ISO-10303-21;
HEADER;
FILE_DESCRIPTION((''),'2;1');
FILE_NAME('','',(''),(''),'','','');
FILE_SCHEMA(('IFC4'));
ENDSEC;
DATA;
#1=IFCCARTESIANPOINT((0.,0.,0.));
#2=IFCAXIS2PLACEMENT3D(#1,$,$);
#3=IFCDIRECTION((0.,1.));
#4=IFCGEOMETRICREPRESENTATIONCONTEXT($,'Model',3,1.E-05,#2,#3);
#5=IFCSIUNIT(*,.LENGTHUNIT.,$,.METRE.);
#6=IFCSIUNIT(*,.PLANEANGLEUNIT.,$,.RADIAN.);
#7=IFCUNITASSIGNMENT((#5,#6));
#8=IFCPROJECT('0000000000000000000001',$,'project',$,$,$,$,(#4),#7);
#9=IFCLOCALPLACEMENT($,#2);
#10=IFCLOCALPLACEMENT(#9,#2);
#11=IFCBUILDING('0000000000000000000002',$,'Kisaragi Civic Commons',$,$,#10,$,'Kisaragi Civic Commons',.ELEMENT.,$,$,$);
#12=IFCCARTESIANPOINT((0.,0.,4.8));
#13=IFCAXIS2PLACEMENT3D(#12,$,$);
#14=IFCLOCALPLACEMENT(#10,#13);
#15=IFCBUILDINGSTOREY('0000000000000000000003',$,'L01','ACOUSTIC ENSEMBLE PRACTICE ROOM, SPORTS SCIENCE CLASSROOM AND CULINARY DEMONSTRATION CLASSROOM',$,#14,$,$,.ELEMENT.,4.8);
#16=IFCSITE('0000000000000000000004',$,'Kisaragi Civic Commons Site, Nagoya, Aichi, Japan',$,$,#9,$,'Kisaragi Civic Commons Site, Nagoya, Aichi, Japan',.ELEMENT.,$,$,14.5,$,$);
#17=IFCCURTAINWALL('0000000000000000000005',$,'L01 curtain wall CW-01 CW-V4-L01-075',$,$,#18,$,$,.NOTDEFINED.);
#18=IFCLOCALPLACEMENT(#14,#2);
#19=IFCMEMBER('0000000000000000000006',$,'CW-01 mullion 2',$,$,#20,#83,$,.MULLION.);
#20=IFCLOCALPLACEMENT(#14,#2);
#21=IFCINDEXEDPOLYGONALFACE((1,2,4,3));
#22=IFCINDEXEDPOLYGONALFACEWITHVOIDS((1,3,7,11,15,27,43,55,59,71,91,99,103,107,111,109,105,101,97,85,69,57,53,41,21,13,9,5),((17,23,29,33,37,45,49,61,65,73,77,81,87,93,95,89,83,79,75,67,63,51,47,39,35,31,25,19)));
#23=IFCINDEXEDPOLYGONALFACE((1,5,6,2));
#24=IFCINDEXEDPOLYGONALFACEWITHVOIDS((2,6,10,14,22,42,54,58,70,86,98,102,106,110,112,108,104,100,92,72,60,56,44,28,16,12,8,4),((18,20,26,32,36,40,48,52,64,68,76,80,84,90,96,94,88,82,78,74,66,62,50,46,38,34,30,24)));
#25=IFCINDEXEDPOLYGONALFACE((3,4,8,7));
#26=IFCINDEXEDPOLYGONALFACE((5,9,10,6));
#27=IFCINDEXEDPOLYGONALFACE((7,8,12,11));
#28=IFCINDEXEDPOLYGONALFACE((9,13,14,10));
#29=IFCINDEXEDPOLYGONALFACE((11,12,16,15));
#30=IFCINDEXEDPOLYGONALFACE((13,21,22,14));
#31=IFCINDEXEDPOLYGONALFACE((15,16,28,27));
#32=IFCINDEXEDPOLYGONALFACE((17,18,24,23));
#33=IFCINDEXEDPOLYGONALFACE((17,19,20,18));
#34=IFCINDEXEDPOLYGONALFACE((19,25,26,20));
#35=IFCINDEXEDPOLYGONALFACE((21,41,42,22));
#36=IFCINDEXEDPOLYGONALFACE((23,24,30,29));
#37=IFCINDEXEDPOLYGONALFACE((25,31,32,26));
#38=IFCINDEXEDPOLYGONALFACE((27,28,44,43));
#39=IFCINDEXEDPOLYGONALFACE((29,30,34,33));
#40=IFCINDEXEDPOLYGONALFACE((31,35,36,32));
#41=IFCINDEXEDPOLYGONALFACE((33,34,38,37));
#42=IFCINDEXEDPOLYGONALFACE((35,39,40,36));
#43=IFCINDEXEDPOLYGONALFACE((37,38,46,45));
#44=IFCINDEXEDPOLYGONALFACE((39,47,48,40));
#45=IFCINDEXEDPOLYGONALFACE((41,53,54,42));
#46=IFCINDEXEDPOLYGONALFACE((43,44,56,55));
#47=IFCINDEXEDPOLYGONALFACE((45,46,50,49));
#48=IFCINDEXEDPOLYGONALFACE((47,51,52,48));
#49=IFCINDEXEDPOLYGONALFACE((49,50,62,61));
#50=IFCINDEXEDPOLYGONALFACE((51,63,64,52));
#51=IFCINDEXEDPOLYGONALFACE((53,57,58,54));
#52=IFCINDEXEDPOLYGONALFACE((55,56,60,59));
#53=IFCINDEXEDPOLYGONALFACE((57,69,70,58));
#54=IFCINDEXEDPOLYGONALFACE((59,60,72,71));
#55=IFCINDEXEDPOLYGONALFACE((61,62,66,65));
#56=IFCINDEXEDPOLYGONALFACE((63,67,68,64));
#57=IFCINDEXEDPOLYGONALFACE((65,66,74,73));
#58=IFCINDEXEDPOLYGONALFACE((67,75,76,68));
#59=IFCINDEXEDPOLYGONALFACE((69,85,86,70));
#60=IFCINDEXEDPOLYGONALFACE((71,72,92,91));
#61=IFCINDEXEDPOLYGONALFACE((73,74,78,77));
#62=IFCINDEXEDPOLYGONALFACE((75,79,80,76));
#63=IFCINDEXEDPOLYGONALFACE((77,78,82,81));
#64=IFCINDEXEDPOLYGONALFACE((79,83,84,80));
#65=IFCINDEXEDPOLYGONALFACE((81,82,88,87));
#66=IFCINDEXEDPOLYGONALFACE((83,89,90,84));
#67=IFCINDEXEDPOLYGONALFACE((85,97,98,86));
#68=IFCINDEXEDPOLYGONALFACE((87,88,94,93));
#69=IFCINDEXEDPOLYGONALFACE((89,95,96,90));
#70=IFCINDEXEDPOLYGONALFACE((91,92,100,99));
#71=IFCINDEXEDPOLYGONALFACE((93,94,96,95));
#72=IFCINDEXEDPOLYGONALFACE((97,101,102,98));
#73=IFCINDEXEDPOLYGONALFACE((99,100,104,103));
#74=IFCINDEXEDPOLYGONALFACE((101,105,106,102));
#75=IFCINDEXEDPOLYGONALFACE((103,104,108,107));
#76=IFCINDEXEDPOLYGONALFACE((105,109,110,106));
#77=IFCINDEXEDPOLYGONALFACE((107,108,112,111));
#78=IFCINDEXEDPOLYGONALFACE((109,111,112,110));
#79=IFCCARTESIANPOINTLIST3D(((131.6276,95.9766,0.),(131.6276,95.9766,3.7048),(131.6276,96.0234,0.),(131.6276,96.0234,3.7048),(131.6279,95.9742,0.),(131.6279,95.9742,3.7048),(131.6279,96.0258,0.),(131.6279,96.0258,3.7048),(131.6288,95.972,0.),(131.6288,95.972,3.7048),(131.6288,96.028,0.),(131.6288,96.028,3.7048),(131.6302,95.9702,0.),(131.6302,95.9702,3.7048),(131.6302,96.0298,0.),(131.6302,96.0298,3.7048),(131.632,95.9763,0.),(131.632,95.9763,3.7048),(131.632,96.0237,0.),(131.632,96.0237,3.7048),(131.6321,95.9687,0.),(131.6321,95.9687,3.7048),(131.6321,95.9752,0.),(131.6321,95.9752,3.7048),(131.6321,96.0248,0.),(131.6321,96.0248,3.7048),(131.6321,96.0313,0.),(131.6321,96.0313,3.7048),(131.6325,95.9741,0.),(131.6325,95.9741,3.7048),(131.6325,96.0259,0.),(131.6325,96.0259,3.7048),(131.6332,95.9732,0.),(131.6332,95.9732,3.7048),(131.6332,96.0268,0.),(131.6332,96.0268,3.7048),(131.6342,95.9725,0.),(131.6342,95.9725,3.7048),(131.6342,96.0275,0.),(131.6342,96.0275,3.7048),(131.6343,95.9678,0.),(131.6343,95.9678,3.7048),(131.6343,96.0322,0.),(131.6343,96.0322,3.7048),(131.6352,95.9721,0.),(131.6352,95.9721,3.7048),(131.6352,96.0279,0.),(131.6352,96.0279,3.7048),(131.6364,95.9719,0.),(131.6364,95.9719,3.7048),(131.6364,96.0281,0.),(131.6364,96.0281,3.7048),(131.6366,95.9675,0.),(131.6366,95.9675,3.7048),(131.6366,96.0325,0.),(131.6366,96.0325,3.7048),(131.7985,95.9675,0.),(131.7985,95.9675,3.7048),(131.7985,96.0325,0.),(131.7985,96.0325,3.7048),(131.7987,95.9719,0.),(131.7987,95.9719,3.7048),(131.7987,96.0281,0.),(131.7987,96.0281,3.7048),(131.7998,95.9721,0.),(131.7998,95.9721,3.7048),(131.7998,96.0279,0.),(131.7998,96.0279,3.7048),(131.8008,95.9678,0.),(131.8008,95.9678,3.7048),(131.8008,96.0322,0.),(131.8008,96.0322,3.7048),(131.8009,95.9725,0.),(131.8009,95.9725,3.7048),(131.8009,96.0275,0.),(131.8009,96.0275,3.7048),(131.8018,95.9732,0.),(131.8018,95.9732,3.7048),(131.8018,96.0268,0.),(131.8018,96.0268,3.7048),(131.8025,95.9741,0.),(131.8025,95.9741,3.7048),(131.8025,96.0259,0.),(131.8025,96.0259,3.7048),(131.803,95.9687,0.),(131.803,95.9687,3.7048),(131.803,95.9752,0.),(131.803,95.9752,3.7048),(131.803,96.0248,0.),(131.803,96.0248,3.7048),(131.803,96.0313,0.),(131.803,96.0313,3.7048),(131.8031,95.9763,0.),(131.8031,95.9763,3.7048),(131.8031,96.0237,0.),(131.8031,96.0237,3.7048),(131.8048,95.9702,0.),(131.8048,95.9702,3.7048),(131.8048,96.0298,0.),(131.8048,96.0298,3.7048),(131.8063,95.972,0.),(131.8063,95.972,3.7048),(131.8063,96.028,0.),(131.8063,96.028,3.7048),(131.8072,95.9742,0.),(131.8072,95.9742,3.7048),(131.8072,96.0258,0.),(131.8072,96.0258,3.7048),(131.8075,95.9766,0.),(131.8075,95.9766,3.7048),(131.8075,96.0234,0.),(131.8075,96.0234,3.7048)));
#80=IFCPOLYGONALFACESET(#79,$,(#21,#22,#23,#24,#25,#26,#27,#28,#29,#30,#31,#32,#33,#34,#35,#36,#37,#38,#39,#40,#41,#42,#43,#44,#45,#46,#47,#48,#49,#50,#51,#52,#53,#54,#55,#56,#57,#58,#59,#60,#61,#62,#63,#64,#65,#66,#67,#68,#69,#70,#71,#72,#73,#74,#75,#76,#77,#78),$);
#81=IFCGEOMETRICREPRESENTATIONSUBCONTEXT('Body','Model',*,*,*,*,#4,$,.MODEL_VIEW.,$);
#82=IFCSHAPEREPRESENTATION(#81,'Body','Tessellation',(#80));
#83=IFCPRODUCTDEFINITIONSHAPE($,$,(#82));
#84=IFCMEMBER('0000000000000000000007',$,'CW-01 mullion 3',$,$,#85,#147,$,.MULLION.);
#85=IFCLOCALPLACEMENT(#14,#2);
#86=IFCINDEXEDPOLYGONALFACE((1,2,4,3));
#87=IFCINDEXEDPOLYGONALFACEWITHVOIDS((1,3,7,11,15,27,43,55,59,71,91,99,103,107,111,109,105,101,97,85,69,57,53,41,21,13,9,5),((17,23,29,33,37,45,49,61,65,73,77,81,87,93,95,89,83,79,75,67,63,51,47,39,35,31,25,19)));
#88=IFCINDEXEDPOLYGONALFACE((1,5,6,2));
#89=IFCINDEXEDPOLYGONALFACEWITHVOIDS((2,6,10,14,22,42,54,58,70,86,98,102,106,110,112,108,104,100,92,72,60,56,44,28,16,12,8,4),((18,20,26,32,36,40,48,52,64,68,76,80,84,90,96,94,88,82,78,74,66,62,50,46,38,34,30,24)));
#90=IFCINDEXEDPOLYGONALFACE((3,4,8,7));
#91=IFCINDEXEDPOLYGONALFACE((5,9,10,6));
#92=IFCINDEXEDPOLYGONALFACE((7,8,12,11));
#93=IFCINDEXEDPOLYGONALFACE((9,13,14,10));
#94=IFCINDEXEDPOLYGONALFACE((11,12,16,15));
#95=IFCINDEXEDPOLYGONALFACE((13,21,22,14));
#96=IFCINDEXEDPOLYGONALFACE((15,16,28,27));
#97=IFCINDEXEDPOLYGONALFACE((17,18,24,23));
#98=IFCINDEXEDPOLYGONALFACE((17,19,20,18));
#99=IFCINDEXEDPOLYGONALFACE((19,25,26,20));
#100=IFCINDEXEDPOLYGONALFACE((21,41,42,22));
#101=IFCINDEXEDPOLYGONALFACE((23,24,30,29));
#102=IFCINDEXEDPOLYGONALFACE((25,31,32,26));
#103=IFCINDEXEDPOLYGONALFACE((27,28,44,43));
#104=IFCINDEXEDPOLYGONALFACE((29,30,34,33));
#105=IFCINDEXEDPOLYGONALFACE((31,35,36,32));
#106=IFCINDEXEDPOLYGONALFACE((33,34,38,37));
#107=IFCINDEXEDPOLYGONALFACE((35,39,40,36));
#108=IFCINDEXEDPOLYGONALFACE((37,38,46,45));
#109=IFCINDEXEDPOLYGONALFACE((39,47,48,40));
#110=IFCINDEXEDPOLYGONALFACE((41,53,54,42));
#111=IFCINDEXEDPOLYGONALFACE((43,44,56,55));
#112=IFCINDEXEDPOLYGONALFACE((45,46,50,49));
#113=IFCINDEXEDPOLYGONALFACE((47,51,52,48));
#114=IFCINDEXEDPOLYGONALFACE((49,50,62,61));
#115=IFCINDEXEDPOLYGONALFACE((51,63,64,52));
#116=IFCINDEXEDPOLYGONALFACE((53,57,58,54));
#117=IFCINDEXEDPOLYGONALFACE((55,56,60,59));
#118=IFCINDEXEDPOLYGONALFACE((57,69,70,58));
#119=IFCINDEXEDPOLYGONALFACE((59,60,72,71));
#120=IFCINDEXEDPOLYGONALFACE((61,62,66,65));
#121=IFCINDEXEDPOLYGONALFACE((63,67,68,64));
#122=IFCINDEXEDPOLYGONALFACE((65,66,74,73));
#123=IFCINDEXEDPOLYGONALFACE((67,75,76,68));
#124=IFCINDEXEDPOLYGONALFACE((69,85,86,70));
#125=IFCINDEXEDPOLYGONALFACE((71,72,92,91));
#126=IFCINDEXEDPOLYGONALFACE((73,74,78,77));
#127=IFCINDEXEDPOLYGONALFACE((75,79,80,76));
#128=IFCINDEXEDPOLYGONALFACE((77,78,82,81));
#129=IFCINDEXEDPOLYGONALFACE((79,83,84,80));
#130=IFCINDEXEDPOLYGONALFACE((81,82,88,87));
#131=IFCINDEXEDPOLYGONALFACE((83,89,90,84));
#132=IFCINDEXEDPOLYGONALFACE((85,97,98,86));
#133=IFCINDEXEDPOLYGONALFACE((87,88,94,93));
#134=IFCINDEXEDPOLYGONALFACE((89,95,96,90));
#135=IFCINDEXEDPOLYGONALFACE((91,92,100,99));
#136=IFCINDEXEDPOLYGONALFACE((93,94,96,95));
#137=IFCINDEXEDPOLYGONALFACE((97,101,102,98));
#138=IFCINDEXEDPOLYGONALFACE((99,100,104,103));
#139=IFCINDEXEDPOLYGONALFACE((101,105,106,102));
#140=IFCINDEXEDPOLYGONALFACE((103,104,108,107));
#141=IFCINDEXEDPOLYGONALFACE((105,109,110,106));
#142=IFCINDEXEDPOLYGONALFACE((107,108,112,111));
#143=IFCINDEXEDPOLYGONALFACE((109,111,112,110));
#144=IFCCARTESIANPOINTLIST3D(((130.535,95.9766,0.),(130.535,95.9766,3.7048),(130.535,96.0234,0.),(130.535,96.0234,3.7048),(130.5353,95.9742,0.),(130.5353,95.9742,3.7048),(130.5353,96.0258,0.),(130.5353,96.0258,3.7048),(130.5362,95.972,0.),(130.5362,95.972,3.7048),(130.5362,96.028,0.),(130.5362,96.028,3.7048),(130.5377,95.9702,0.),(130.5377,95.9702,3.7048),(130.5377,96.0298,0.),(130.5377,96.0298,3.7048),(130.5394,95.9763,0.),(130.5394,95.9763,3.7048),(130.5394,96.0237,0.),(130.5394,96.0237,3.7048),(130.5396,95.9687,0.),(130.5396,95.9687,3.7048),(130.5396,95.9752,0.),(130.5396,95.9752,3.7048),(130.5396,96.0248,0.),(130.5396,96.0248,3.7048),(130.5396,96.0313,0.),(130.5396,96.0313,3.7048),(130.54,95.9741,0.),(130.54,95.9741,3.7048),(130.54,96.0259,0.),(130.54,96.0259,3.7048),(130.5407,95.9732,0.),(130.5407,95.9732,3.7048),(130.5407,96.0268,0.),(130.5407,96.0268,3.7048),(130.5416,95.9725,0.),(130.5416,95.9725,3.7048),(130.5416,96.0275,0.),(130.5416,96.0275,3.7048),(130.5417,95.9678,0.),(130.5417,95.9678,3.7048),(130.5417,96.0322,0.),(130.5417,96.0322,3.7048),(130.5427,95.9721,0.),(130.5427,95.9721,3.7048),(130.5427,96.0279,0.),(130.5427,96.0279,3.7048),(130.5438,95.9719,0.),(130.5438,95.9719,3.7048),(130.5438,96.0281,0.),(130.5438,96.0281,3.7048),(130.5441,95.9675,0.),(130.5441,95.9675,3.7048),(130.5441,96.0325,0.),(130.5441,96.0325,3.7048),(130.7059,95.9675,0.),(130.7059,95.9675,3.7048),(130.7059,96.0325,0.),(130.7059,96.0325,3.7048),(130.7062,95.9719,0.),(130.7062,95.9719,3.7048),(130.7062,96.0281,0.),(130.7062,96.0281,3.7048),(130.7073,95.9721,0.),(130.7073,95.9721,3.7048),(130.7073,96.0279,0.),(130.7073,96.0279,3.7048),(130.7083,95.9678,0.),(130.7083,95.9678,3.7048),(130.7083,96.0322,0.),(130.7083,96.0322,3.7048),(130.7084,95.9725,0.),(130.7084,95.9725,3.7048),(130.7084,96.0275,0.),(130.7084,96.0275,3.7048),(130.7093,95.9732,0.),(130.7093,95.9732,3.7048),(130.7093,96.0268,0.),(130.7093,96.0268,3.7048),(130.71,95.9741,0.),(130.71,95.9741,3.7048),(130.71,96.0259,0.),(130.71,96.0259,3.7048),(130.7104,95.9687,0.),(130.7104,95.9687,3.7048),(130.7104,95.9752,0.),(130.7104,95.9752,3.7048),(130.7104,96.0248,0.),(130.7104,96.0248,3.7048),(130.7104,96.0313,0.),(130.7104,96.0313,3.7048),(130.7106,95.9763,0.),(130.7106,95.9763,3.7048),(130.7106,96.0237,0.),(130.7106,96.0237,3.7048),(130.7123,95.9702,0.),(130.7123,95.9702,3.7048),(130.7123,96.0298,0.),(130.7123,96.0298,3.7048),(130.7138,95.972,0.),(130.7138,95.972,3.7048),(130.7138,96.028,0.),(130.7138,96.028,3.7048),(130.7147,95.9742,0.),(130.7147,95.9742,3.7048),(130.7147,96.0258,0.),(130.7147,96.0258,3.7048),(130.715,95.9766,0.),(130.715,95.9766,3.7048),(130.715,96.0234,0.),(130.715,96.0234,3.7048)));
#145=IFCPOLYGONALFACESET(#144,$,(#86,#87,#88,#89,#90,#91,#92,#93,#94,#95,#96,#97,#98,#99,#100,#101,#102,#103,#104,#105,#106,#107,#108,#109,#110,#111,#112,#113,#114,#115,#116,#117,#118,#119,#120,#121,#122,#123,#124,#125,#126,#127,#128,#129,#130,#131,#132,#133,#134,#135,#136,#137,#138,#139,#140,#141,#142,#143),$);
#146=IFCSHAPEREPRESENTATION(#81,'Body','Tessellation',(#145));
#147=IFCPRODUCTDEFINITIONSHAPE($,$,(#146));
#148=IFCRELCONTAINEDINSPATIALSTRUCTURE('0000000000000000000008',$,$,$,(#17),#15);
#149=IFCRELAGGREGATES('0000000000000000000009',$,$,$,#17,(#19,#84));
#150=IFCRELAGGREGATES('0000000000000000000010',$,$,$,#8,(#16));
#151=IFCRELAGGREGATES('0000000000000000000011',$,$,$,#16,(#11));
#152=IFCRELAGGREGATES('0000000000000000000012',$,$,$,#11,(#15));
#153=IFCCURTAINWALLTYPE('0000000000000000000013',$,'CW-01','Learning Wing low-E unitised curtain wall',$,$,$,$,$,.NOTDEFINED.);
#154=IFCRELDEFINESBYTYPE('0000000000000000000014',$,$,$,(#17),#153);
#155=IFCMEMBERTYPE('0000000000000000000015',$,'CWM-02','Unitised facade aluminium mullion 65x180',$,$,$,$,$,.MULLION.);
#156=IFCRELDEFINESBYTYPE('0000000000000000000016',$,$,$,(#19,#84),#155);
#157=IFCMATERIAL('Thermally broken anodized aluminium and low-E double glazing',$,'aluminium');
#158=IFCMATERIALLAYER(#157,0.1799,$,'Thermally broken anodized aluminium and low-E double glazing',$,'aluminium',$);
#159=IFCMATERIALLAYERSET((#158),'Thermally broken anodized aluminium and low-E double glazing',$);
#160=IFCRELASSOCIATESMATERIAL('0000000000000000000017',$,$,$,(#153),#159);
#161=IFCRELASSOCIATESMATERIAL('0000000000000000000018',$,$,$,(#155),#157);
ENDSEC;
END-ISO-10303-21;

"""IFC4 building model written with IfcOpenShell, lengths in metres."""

from ifc_helpers import new_model, si_unit, direction, frame, origin, origin_2d, place, context, subcontext, project, spatial, hollow_rectangle, extrude, material, layer, layer_set, material_profile, profile_set, type_object, element, aggregate, save


model = new_model("IFC4")

# Units and contexts
model_context = context("Model", 3, precision=1e-05, world=origin(), true_north=direction((0.0, 1.0)))
body_context = subcontext(model_context, "Body", "Model", "MODEL_VIEW")
ifc_project = project(units=[si_unit("LENGTHUNIT", "METRE"), si_unit("PLANEANGLEUNIT", "RADIAN")], contexts=[model_context])

# Site, building, storey
site_placement = place(None, origin())
site = spatial("IfcSite", under=ifc_project, at=site_placement, Name="Kisaragi Civic Commons Site, Nagoya, Aichi, Japan", LongName="Kisaragi Civic Commons Site, Nagoya, Aichi, Japan", CompositionType="ELEMENT", RefElevation=14.5)
building_placement = place(site_placement, origin())
building = spatial("IfcBuilding", under=site, at=building_placement, Name="Kisaragi Civic Commons", LongName="Kisaragi Civic Commons", CompositionType="ELEMENT")
storey_placement = place(building_placement, frame((0.0, 0.0, 4.8)))
storey = spatial("IfcBuildingStorey", under=building, at=storey_placement, Name="L01", Description="ACOUSTIC ENSEMBLE PRACTICE ROOM, SPORTS SCIENCE CLASSROOM AND CULINARY DEMONSTRATION CLASSROOM", CompositionType="ELEMENT", Elevation=4.8)

# Curtain wall, members
ifc_material = material(Name="Thermally broken anodized aluminium and low-E double glazing", Category="aluminium")
ifc_layer_1 = layer(ifc_material, 0.1799, Name="Thermally broken anodized aluminium and low-E double glazing", Category="aluminium")
ifc_layer_set_1 = layer_set([ifc_layer_1], Name="Thermally broken anodized aluminium and low-E double glazing")
curtain_wall_type = type_object("IfcCurtainWallType", Name="CW-01", Description="Learning Wing low-E unitised curtain wall", PredefinedType="NOTDEFINED", material=ifc_layer_set_1)
curtain_wall_placement = place(storey_placement, origin())
curtain_wall = element("IfcCurtainWall", 1, at=curtain_wall_placement, inside=storey, type_object=curtain_wall_type, Name="L01 curtain wall CW-01 CW-V4-L01-075", PredefinedType="NOTDEFINED")
ifc_material_profile_1 = material_profile(ifc_material, hollow_rectangle(XDim=0.0649, YDim=0.1799, WallThickness=0.0044, InnerFilletRadius=0.0044, OuterFilletRadius=0.009, at=origin_2d()), Name="CWM-65x180x4.5", Category="aluminium")
ifc_profile_set_1 = profile_set([ifc_material_profile_1], Name="Thermally broken anodized aluminium and low-E double glazing")
member_type_1 = type_object("IfcMemberType", Name="CWM-02", Description="Unitised facade aluminium mullion 65x180", PredefinedType="MULLION", material=ifc_profile_set_1)
member_1_placement = place(storey_placement, frame((131.7175, 96.0, 0.0), z_axis=(0.0, 0.0, 1.0), x_axis=(0.0, -1.0, 0.0)))
member_1 = element("IfcMember", 2, at=member_1_placement, type_object=member_type_1, Name="CW-01 mullion 2", PredefinedType="MULLION", context=body_context, shape_type="SweptSolid", body=[
    extrude(hollow_rectangle(XDim=0.0649, YDim=0.1799, WallThickness=0.0044, InnerFilletRadius=0.0044, OuterFilletRadius=0.009, at=origin_2d()), origin(), (0.0, 0.0, 1.0), 3.7048),
])
member_2_placement = place(storey_placement, frame((130.625, 96.0, 0.0), z_axis=(0.0, 0.0, 1.0), x_axis=(0.0, -1.0, 0.0)))
member_2 = element("IfcMember", 3, at=member_2_placement, type_object=member_type_1, Name="CW-01 mullion 3", PredefinedType="MULLION", context=body_context, shape_type="SweptSolid", body=[
    extrude(hollow_rectangle(XDim=0.0649, YDim=0.1799, WallThickness=0.0044, InnerFilletRadius=0.0044, OuterFilletRadius=0.009, at=origin_2d()), origin(), (0.0, 0.0, 1.0), 3.7048),
])
aggregate(curtain_wall, [member_1, member_2])

save(model, "model.ifc")
